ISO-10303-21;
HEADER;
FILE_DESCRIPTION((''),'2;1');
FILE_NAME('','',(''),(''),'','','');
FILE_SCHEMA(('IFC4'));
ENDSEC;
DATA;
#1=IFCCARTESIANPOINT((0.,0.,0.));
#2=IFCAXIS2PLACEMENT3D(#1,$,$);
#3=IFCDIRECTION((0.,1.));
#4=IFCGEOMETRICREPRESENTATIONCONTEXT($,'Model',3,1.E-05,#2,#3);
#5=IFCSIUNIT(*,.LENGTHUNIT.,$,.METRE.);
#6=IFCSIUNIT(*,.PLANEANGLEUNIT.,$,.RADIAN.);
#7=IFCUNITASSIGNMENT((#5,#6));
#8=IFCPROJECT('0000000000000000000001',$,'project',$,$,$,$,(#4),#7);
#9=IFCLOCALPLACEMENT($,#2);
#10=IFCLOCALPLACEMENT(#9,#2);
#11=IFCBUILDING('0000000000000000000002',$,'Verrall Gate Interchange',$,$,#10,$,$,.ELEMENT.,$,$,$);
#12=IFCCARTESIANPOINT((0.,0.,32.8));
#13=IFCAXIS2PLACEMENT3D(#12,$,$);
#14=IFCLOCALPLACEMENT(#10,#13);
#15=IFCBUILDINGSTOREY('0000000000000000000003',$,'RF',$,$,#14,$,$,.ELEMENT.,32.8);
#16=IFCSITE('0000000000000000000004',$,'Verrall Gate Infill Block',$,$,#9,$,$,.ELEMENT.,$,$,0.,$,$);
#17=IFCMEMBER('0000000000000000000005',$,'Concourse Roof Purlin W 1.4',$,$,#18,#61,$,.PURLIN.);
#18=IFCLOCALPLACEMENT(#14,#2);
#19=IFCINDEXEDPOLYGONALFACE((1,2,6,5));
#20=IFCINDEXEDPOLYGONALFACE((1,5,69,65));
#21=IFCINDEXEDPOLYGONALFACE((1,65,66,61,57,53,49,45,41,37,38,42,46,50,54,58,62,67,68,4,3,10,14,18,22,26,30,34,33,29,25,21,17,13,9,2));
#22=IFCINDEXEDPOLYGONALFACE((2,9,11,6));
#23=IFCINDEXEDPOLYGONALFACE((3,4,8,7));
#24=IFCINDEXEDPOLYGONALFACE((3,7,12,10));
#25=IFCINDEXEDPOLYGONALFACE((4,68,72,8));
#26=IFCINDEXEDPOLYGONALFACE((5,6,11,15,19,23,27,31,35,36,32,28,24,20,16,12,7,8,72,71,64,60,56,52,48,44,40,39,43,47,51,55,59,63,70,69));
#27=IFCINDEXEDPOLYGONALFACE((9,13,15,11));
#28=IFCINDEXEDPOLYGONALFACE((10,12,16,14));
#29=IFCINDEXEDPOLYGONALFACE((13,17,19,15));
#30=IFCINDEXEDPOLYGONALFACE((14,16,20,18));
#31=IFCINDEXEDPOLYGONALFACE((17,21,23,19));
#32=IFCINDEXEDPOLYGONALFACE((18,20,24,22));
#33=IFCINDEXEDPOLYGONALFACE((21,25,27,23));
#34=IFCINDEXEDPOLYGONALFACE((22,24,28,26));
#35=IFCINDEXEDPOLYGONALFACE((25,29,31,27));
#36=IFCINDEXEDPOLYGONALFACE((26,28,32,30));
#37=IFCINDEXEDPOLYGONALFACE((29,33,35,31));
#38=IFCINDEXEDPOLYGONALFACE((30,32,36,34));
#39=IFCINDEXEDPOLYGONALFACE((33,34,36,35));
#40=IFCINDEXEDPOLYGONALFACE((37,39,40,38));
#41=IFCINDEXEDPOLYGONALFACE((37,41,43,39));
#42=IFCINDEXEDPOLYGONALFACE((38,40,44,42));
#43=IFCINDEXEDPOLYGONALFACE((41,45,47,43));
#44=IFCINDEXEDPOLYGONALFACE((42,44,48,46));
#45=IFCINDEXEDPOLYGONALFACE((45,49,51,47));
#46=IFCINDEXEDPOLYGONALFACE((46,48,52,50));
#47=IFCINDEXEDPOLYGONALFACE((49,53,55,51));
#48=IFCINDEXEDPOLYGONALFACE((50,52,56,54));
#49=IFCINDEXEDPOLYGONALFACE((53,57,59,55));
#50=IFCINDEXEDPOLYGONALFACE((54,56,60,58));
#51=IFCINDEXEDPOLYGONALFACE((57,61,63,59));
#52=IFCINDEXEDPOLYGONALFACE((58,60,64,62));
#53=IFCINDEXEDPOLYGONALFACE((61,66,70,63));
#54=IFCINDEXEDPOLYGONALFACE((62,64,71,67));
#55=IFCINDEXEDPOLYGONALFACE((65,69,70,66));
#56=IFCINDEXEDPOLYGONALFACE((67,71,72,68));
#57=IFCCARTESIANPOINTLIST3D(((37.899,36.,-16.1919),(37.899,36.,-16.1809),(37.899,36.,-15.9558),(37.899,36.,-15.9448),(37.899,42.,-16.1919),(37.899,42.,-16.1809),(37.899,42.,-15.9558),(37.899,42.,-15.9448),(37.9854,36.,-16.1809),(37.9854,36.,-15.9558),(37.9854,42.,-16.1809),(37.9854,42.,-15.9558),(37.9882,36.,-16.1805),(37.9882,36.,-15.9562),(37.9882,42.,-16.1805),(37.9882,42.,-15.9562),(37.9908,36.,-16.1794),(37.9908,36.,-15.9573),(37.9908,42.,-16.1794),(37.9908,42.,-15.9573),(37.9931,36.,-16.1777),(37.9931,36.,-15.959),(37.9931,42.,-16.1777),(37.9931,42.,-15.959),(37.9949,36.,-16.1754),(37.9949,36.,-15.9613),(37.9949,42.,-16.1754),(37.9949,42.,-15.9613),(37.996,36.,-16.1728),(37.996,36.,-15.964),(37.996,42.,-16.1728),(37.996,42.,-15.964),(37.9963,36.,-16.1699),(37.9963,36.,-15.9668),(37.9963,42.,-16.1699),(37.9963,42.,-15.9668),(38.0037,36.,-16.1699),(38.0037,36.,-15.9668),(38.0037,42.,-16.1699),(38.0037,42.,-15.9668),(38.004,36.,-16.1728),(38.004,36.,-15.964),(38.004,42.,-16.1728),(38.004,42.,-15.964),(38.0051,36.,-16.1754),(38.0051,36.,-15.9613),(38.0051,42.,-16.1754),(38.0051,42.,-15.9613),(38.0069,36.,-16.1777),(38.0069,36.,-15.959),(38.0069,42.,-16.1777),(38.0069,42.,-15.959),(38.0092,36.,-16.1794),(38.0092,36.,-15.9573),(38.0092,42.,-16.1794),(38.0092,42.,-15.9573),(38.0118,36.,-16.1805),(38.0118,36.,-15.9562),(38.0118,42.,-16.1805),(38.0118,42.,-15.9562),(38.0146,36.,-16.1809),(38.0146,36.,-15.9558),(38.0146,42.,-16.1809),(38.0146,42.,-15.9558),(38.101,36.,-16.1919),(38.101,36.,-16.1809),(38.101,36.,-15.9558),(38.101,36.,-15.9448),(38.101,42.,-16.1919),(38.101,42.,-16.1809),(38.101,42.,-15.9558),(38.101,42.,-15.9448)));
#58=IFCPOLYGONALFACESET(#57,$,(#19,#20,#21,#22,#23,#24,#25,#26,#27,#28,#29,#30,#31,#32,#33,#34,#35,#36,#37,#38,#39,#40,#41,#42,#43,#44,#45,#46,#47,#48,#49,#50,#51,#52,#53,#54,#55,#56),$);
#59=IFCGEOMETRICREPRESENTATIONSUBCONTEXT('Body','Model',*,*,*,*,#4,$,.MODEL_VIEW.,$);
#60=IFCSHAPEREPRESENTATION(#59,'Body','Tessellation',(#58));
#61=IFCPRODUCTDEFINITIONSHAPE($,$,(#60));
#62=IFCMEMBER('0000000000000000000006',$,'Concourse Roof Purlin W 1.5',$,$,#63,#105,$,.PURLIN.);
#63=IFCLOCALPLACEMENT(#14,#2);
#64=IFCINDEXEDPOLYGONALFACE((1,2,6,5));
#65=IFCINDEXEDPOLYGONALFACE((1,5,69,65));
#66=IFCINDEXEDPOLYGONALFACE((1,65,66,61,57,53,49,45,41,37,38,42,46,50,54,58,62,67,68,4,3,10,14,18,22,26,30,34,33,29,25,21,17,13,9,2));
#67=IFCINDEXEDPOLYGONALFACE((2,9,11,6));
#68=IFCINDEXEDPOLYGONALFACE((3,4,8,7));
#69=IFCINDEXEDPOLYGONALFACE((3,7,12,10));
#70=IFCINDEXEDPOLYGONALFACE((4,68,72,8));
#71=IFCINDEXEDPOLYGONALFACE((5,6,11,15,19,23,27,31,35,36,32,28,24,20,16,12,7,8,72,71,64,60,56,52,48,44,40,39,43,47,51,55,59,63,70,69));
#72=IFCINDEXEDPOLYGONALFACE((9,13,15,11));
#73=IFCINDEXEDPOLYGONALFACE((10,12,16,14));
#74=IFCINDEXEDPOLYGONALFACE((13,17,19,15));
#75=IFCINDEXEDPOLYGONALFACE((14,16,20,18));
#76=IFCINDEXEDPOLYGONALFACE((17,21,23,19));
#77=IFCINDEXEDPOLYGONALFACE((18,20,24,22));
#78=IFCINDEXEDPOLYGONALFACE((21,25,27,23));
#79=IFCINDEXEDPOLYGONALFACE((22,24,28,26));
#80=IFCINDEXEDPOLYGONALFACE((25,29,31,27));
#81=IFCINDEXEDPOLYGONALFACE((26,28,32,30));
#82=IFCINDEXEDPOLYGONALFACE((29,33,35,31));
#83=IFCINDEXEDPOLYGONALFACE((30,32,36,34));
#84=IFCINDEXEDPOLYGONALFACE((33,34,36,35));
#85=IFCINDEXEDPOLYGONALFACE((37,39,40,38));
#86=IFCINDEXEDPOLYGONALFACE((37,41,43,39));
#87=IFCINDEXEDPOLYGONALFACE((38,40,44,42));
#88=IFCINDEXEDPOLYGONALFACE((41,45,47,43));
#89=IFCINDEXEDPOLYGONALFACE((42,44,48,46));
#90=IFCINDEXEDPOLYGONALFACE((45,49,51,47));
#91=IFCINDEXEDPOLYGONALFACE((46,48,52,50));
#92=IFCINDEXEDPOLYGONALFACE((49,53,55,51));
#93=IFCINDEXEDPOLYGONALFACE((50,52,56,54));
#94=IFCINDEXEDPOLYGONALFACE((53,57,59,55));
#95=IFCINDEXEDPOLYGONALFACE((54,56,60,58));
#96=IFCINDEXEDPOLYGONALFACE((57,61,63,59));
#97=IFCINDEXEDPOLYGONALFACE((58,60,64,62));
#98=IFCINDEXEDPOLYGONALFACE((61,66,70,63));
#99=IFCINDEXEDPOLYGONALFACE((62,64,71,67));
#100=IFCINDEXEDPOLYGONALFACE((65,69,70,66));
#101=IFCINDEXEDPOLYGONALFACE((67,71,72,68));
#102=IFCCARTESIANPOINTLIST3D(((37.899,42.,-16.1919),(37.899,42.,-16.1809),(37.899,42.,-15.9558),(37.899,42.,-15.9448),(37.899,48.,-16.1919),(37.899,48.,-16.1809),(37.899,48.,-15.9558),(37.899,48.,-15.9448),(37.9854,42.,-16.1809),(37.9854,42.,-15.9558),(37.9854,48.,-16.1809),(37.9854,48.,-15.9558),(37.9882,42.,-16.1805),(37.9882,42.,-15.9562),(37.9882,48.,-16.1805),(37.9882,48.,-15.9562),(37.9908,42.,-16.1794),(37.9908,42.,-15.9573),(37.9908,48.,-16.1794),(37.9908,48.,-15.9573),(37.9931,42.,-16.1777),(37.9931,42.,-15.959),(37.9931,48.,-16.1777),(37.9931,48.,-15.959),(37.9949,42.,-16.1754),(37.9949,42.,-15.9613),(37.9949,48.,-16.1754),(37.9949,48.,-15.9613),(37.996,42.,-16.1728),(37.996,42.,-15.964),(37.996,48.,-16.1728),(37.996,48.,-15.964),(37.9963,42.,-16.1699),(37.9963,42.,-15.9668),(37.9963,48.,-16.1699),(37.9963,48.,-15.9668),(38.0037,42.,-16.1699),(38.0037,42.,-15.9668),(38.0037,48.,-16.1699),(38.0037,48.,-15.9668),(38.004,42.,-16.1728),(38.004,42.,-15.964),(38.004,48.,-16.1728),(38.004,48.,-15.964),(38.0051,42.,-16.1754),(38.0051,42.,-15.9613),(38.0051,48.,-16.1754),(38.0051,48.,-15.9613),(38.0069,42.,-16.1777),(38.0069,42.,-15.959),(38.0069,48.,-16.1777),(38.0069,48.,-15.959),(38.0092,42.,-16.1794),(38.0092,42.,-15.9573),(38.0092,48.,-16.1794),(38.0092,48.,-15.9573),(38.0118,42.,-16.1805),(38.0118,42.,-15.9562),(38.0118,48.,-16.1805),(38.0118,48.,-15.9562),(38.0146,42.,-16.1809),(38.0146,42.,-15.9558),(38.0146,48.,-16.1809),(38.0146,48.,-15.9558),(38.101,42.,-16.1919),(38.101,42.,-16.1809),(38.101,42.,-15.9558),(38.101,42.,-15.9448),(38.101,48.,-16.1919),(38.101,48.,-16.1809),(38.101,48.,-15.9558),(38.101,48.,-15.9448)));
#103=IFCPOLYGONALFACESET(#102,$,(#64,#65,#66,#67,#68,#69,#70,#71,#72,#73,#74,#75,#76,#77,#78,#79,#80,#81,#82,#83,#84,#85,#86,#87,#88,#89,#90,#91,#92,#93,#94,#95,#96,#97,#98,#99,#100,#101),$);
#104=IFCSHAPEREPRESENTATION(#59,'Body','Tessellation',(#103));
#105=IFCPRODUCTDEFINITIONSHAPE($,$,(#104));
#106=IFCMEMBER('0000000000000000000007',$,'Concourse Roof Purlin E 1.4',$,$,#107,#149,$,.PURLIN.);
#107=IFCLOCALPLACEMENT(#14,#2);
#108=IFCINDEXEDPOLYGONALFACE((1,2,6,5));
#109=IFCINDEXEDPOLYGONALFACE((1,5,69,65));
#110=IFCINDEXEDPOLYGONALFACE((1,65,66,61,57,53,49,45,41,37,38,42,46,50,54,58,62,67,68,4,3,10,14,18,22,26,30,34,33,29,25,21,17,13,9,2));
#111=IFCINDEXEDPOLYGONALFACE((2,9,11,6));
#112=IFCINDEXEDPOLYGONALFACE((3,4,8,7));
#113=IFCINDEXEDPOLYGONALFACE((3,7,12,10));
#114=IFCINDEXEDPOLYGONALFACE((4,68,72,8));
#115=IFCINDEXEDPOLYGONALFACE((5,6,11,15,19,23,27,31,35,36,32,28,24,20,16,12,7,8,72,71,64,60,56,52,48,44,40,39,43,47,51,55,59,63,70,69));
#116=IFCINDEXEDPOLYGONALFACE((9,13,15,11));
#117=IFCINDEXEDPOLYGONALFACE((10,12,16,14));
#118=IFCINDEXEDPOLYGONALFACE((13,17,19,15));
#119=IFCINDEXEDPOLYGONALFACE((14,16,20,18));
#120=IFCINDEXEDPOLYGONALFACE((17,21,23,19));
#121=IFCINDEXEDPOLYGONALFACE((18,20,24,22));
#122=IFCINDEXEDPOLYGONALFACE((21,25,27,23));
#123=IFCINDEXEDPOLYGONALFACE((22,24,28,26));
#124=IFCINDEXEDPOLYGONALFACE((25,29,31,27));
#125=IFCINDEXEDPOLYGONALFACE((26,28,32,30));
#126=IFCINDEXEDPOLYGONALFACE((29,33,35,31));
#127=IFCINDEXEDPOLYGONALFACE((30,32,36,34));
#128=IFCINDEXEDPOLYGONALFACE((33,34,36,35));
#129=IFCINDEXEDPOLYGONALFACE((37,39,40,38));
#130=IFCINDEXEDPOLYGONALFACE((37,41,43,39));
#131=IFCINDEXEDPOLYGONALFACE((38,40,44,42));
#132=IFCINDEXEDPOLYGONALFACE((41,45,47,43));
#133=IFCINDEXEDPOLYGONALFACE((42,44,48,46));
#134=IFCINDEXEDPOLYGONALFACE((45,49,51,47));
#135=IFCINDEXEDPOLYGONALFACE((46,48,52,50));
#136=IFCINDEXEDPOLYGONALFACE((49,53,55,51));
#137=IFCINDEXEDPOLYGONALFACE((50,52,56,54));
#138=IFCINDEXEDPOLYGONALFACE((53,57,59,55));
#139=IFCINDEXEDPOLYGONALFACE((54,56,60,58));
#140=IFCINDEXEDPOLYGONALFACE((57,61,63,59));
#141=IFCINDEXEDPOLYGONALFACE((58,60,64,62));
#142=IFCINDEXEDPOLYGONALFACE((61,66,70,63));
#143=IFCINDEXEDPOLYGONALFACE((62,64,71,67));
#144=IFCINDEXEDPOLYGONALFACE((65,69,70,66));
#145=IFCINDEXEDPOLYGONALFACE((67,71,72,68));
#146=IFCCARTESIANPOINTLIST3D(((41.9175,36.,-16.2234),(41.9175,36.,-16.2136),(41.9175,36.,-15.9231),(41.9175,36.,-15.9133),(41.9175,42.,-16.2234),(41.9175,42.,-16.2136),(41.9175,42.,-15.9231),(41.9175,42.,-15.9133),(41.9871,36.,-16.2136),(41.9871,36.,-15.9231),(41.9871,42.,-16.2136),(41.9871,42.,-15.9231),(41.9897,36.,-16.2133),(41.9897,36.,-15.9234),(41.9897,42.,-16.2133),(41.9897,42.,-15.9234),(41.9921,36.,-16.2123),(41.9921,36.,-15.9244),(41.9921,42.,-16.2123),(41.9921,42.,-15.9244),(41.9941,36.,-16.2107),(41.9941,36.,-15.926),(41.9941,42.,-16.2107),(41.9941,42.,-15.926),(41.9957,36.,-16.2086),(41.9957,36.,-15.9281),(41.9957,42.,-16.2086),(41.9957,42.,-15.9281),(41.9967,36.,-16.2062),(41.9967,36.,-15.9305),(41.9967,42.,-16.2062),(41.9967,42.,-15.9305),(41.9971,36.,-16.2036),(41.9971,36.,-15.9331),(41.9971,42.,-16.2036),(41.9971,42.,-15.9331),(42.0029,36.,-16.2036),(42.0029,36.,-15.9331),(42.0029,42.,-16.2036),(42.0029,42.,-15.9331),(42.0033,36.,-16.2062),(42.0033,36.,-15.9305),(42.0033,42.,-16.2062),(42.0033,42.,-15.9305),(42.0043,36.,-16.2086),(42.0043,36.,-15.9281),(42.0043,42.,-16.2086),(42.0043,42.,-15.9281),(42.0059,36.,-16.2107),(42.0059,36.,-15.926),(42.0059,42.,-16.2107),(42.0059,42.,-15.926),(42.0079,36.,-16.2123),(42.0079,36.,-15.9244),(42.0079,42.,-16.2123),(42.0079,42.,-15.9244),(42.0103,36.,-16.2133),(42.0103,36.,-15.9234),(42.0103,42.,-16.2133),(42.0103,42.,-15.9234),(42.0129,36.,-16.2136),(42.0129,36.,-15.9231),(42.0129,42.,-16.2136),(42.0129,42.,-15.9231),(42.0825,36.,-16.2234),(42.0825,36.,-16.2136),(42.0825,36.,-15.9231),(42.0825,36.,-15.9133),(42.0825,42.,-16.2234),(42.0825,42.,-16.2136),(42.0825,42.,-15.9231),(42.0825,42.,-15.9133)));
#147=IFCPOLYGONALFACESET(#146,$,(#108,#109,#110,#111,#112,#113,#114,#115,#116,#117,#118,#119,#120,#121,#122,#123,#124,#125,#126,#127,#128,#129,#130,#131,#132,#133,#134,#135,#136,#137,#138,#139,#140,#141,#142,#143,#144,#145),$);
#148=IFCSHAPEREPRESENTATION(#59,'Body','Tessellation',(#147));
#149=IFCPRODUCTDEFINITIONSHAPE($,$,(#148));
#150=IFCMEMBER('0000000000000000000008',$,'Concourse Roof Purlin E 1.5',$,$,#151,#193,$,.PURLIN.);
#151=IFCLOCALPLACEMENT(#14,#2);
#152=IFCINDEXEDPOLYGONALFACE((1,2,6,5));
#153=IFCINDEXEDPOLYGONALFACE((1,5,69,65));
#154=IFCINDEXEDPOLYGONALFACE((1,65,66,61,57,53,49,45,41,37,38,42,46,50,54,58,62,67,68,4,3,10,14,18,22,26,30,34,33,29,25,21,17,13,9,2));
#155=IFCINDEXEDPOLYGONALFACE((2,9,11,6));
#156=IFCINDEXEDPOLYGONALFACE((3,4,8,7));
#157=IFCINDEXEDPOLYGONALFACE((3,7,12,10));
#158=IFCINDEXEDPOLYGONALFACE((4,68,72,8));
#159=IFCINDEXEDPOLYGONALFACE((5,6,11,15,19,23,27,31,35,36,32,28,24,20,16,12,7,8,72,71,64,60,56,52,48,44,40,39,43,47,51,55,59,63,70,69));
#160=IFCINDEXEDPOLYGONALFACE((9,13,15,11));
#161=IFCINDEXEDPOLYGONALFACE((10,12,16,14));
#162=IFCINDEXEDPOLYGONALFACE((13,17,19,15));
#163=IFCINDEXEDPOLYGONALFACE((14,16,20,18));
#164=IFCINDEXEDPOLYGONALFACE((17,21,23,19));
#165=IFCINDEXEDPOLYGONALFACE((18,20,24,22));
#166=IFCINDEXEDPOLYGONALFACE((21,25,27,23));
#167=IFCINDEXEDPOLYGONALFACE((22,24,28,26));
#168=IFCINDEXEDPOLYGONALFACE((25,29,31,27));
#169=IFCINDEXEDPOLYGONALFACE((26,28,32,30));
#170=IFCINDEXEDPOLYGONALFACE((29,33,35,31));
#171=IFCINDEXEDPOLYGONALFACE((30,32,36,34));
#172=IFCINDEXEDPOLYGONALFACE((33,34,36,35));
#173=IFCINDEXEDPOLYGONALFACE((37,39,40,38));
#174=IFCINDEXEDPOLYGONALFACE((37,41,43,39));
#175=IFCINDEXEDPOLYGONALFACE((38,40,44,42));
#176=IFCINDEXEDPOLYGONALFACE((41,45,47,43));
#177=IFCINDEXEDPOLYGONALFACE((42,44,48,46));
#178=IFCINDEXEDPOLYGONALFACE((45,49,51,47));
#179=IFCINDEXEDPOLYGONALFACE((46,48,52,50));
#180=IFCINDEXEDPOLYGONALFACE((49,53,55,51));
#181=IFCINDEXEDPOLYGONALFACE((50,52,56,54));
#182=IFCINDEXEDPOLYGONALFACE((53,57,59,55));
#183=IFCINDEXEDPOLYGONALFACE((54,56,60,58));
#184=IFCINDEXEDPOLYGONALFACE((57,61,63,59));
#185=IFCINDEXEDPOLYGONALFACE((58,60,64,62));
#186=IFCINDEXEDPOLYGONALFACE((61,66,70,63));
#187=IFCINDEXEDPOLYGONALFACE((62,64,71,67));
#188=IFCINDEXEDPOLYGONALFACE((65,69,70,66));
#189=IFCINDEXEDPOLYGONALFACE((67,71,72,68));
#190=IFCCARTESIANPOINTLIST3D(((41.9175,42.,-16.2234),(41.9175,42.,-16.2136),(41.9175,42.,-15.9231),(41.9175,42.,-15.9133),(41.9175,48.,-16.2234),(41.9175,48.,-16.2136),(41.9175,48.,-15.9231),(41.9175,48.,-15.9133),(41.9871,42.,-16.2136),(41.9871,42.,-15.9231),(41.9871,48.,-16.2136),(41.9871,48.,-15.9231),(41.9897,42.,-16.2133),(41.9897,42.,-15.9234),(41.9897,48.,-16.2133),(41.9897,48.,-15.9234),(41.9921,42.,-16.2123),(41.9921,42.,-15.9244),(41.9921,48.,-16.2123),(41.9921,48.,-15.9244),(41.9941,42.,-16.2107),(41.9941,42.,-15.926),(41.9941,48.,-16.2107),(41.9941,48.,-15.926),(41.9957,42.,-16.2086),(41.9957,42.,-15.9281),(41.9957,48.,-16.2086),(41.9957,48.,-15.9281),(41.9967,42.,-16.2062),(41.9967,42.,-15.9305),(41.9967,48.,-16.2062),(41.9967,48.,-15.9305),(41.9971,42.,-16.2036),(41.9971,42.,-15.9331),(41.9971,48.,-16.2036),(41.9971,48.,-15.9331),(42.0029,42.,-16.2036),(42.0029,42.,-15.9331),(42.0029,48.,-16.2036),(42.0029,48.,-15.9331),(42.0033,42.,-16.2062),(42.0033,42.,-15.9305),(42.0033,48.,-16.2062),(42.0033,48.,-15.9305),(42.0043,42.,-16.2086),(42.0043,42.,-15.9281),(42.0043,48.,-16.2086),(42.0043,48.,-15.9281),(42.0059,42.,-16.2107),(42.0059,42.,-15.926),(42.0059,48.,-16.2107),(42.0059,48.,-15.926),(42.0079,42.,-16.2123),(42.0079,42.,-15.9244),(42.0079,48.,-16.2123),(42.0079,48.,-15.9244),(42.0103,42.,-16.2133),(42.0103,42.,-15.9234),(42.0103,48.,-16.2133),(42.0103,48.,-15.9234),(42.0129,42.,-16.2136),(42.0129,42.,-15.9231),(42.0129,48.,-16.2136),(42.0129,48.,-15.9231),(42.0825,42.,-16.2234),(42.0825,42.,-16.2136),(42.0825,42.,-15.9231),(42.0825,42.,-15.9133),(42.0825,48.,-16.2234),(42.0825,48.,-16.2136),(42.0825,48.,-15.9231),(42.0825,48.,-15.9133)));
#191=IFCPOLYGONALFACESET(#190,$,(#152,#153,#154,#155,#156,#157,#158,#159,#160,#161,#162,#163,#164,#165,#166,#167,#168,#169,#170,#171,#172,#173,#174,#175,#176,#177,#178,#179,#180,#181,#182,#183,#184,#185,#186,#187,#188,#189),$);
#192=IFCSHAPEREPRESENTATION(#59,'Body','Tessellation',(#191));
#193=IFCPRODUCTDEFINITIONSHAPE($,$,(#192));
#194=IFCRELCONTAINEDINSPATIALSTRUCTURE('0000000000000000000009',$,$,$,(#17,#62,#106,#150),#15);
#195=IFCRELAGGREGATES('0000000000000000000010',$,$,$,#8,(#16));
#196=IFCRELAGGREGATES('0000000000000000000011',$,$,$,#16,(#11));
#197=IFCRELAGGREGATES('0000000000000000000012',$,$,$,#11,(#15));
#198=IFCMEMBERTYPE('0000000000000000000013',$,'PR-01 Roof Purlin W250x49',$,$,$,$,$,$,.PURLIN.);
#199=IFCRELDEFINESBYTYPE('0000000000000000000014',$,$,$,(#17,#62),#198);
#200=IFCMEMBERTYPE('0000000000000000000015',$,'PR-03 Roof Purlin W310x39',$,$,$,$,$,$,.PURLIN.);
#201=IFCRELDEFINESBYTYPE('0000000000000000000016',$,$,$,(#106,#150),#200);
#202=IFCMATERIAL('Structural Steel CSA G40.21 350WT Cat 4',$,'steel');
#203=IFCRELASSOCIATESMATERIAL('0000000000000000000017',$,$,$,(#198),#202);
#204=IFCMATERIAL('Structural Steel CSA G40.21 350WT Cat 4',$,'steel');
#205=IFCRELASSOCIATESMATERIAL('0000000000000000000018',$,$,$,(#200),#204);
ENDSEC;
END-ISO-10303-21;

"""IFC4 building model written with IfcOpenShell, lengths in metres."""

from ifc_helpers import new_model, si_unit, direction, frame, origin, origin_2d, place, context, subcontext, project, spatial, i_section, extrude, material, material_profile, profile_set, type_object, element, save


model = new_model("IFC4")

# Units and contexts
model_context = context("Model", 3, precision=1e-05, world=origin(), true_north=direction((0.0, 1.0)))
body_context = subcontext(model_context, "Body", "Model", "MODEL_VIEW")
ifc_project = project(units=[si_unit("LENGTHUNIT", "METRE"), si_unit("PLANEANGLEUNIT", "RADIAN")], contexts=[model_context])

# Site, building, storey
site_placement = place(None, origin())
site = spatial("IfcSite", under=ifc_project, at=site_placement, Name="Verrall Gate Infill Block", CompositionType="ELEMENT", RefElevation=0.0)
building_placement = place(site_placement, origin())
building = spatial("IfcBuilding", under=site, at=building_placement, Name="Verrall Gate Interchange", CompositionType="ELEMENT")
storey_placement = place(building_placement, frame((0.0, 0.0, 32.8)))
storey = spatial("IfcBuildingStorey", under=building, at=storey_placement, Name="RF", CompositionType="ELEMENT", Elevation=32.8)

# Members
ifc_material_1 = material(Name="Structural Steel CSA G40.21 350WT Cat 4", Category="steel")
ifc_material_profile_1 = material_profile(ifc_material_1, i_section(OverallWidth=0.2019, OverallDepth=0.2471, WebThickness=0.0073, FlangeThickness=0.011, FilletRadius=0.011, at=origin_2d()), Name="W250x49")
ifc_profile_set_1 = profile_set([ifc_material_profile_1], Name="Structural Steel CSA G40.21 350WT Cat 4")
member_type_1 = type_object("IfcMemberType", Name="PR-01 Roof Purlin W250x49", PredefinedType="PURLIN", material=ifc_profile_set_1)
for number, where, z_axis, x_axis, name in (
    (1, (38.0, 36.0, -16.0684), (0.0, 1.0, 0.0), (-1.0, 0.0, 0.0), "Concourse Roof Purlin W 1.4"),
    (2, (38.0, 42.0, -16.0684), (0.0, 1.0, 0.0), (-1.0, 0.0, 0.0), "Concourse Roof Purlin W 1.5"),
):
    element("IfcMember", number, at=place(storey_placement, frame(where, z_axis=z_axis, x_axis=x_axis)), inside=storey, type_object=member_type_1, Name=name, PredefinedType="PURLIN", context=body_context, shape_type="SweptSolid", body=[
        extrude(i_section(OverallWidth=0.2019, OverallDepth=0.2471, WebThickness=0.0073, FlangeThickness=0.011, FilletRadius=0.011, at=origin_2d()), origin(), (0.0, 0.0, 1.0), 6.0),
    ])
ifc_material_2 = material(Name="Structural Steel CSA G40.21 350WT Cat 4", Category="steel")
ifc_material_profile_2 = material_profile(ifc_material_2, i_section(OverallWidth=0.165, OverallDepth=0.3101, WebThickness=0.0059, FlangeThickness=0.0098, FilletRadius=0.01, at=origin_2d()), Name="W310x39")
ifc_profile_set_2 = profile_set([ifc_material_profile_2], Name="Structural Steel CSA G40.21 350WT Cat 4")
member_type_2 = type_object("IfcMemberType", Name="PR-03 Roof Purlin W310x39", PredefinedType="PURLIN", material=ifc_profile_set_2)
for number, where, z_axis, x_axis, name in (
    (3, (42.0, 36.0, -16.0684), (0.0, 1.0, 0.0), (-1.0, 0.0, 0.0), "Concourse Roof Purlin E 1.4"),
    (4, (42.0, 42.0, -16.0684), (0.0, 1.0, 0.0), (-1.0, 0.0, 0.0), "Concourse Roof Purlin E 1.5"),
):
    element("IfcMember", number, at=place(storey_placement, frame(where, z_axis=z_axis, x_axis=x_axis)), inside=storey, type_object=member_type_2, Name=name, PredefinedType="PURLIN", context=body_context, shape_type="SweptSolid", body=[
        extrude(i_section(OverallWidth=0.165, OverallDepth=0.3101, WebThickness=0.0059, FlangeThickness=0.0098, FilletRadius=0.01, at=origin_2d()), origin(), (0.0, 0.0, 1.0), 6.0),
    ])

save(model, "model.ifc")
